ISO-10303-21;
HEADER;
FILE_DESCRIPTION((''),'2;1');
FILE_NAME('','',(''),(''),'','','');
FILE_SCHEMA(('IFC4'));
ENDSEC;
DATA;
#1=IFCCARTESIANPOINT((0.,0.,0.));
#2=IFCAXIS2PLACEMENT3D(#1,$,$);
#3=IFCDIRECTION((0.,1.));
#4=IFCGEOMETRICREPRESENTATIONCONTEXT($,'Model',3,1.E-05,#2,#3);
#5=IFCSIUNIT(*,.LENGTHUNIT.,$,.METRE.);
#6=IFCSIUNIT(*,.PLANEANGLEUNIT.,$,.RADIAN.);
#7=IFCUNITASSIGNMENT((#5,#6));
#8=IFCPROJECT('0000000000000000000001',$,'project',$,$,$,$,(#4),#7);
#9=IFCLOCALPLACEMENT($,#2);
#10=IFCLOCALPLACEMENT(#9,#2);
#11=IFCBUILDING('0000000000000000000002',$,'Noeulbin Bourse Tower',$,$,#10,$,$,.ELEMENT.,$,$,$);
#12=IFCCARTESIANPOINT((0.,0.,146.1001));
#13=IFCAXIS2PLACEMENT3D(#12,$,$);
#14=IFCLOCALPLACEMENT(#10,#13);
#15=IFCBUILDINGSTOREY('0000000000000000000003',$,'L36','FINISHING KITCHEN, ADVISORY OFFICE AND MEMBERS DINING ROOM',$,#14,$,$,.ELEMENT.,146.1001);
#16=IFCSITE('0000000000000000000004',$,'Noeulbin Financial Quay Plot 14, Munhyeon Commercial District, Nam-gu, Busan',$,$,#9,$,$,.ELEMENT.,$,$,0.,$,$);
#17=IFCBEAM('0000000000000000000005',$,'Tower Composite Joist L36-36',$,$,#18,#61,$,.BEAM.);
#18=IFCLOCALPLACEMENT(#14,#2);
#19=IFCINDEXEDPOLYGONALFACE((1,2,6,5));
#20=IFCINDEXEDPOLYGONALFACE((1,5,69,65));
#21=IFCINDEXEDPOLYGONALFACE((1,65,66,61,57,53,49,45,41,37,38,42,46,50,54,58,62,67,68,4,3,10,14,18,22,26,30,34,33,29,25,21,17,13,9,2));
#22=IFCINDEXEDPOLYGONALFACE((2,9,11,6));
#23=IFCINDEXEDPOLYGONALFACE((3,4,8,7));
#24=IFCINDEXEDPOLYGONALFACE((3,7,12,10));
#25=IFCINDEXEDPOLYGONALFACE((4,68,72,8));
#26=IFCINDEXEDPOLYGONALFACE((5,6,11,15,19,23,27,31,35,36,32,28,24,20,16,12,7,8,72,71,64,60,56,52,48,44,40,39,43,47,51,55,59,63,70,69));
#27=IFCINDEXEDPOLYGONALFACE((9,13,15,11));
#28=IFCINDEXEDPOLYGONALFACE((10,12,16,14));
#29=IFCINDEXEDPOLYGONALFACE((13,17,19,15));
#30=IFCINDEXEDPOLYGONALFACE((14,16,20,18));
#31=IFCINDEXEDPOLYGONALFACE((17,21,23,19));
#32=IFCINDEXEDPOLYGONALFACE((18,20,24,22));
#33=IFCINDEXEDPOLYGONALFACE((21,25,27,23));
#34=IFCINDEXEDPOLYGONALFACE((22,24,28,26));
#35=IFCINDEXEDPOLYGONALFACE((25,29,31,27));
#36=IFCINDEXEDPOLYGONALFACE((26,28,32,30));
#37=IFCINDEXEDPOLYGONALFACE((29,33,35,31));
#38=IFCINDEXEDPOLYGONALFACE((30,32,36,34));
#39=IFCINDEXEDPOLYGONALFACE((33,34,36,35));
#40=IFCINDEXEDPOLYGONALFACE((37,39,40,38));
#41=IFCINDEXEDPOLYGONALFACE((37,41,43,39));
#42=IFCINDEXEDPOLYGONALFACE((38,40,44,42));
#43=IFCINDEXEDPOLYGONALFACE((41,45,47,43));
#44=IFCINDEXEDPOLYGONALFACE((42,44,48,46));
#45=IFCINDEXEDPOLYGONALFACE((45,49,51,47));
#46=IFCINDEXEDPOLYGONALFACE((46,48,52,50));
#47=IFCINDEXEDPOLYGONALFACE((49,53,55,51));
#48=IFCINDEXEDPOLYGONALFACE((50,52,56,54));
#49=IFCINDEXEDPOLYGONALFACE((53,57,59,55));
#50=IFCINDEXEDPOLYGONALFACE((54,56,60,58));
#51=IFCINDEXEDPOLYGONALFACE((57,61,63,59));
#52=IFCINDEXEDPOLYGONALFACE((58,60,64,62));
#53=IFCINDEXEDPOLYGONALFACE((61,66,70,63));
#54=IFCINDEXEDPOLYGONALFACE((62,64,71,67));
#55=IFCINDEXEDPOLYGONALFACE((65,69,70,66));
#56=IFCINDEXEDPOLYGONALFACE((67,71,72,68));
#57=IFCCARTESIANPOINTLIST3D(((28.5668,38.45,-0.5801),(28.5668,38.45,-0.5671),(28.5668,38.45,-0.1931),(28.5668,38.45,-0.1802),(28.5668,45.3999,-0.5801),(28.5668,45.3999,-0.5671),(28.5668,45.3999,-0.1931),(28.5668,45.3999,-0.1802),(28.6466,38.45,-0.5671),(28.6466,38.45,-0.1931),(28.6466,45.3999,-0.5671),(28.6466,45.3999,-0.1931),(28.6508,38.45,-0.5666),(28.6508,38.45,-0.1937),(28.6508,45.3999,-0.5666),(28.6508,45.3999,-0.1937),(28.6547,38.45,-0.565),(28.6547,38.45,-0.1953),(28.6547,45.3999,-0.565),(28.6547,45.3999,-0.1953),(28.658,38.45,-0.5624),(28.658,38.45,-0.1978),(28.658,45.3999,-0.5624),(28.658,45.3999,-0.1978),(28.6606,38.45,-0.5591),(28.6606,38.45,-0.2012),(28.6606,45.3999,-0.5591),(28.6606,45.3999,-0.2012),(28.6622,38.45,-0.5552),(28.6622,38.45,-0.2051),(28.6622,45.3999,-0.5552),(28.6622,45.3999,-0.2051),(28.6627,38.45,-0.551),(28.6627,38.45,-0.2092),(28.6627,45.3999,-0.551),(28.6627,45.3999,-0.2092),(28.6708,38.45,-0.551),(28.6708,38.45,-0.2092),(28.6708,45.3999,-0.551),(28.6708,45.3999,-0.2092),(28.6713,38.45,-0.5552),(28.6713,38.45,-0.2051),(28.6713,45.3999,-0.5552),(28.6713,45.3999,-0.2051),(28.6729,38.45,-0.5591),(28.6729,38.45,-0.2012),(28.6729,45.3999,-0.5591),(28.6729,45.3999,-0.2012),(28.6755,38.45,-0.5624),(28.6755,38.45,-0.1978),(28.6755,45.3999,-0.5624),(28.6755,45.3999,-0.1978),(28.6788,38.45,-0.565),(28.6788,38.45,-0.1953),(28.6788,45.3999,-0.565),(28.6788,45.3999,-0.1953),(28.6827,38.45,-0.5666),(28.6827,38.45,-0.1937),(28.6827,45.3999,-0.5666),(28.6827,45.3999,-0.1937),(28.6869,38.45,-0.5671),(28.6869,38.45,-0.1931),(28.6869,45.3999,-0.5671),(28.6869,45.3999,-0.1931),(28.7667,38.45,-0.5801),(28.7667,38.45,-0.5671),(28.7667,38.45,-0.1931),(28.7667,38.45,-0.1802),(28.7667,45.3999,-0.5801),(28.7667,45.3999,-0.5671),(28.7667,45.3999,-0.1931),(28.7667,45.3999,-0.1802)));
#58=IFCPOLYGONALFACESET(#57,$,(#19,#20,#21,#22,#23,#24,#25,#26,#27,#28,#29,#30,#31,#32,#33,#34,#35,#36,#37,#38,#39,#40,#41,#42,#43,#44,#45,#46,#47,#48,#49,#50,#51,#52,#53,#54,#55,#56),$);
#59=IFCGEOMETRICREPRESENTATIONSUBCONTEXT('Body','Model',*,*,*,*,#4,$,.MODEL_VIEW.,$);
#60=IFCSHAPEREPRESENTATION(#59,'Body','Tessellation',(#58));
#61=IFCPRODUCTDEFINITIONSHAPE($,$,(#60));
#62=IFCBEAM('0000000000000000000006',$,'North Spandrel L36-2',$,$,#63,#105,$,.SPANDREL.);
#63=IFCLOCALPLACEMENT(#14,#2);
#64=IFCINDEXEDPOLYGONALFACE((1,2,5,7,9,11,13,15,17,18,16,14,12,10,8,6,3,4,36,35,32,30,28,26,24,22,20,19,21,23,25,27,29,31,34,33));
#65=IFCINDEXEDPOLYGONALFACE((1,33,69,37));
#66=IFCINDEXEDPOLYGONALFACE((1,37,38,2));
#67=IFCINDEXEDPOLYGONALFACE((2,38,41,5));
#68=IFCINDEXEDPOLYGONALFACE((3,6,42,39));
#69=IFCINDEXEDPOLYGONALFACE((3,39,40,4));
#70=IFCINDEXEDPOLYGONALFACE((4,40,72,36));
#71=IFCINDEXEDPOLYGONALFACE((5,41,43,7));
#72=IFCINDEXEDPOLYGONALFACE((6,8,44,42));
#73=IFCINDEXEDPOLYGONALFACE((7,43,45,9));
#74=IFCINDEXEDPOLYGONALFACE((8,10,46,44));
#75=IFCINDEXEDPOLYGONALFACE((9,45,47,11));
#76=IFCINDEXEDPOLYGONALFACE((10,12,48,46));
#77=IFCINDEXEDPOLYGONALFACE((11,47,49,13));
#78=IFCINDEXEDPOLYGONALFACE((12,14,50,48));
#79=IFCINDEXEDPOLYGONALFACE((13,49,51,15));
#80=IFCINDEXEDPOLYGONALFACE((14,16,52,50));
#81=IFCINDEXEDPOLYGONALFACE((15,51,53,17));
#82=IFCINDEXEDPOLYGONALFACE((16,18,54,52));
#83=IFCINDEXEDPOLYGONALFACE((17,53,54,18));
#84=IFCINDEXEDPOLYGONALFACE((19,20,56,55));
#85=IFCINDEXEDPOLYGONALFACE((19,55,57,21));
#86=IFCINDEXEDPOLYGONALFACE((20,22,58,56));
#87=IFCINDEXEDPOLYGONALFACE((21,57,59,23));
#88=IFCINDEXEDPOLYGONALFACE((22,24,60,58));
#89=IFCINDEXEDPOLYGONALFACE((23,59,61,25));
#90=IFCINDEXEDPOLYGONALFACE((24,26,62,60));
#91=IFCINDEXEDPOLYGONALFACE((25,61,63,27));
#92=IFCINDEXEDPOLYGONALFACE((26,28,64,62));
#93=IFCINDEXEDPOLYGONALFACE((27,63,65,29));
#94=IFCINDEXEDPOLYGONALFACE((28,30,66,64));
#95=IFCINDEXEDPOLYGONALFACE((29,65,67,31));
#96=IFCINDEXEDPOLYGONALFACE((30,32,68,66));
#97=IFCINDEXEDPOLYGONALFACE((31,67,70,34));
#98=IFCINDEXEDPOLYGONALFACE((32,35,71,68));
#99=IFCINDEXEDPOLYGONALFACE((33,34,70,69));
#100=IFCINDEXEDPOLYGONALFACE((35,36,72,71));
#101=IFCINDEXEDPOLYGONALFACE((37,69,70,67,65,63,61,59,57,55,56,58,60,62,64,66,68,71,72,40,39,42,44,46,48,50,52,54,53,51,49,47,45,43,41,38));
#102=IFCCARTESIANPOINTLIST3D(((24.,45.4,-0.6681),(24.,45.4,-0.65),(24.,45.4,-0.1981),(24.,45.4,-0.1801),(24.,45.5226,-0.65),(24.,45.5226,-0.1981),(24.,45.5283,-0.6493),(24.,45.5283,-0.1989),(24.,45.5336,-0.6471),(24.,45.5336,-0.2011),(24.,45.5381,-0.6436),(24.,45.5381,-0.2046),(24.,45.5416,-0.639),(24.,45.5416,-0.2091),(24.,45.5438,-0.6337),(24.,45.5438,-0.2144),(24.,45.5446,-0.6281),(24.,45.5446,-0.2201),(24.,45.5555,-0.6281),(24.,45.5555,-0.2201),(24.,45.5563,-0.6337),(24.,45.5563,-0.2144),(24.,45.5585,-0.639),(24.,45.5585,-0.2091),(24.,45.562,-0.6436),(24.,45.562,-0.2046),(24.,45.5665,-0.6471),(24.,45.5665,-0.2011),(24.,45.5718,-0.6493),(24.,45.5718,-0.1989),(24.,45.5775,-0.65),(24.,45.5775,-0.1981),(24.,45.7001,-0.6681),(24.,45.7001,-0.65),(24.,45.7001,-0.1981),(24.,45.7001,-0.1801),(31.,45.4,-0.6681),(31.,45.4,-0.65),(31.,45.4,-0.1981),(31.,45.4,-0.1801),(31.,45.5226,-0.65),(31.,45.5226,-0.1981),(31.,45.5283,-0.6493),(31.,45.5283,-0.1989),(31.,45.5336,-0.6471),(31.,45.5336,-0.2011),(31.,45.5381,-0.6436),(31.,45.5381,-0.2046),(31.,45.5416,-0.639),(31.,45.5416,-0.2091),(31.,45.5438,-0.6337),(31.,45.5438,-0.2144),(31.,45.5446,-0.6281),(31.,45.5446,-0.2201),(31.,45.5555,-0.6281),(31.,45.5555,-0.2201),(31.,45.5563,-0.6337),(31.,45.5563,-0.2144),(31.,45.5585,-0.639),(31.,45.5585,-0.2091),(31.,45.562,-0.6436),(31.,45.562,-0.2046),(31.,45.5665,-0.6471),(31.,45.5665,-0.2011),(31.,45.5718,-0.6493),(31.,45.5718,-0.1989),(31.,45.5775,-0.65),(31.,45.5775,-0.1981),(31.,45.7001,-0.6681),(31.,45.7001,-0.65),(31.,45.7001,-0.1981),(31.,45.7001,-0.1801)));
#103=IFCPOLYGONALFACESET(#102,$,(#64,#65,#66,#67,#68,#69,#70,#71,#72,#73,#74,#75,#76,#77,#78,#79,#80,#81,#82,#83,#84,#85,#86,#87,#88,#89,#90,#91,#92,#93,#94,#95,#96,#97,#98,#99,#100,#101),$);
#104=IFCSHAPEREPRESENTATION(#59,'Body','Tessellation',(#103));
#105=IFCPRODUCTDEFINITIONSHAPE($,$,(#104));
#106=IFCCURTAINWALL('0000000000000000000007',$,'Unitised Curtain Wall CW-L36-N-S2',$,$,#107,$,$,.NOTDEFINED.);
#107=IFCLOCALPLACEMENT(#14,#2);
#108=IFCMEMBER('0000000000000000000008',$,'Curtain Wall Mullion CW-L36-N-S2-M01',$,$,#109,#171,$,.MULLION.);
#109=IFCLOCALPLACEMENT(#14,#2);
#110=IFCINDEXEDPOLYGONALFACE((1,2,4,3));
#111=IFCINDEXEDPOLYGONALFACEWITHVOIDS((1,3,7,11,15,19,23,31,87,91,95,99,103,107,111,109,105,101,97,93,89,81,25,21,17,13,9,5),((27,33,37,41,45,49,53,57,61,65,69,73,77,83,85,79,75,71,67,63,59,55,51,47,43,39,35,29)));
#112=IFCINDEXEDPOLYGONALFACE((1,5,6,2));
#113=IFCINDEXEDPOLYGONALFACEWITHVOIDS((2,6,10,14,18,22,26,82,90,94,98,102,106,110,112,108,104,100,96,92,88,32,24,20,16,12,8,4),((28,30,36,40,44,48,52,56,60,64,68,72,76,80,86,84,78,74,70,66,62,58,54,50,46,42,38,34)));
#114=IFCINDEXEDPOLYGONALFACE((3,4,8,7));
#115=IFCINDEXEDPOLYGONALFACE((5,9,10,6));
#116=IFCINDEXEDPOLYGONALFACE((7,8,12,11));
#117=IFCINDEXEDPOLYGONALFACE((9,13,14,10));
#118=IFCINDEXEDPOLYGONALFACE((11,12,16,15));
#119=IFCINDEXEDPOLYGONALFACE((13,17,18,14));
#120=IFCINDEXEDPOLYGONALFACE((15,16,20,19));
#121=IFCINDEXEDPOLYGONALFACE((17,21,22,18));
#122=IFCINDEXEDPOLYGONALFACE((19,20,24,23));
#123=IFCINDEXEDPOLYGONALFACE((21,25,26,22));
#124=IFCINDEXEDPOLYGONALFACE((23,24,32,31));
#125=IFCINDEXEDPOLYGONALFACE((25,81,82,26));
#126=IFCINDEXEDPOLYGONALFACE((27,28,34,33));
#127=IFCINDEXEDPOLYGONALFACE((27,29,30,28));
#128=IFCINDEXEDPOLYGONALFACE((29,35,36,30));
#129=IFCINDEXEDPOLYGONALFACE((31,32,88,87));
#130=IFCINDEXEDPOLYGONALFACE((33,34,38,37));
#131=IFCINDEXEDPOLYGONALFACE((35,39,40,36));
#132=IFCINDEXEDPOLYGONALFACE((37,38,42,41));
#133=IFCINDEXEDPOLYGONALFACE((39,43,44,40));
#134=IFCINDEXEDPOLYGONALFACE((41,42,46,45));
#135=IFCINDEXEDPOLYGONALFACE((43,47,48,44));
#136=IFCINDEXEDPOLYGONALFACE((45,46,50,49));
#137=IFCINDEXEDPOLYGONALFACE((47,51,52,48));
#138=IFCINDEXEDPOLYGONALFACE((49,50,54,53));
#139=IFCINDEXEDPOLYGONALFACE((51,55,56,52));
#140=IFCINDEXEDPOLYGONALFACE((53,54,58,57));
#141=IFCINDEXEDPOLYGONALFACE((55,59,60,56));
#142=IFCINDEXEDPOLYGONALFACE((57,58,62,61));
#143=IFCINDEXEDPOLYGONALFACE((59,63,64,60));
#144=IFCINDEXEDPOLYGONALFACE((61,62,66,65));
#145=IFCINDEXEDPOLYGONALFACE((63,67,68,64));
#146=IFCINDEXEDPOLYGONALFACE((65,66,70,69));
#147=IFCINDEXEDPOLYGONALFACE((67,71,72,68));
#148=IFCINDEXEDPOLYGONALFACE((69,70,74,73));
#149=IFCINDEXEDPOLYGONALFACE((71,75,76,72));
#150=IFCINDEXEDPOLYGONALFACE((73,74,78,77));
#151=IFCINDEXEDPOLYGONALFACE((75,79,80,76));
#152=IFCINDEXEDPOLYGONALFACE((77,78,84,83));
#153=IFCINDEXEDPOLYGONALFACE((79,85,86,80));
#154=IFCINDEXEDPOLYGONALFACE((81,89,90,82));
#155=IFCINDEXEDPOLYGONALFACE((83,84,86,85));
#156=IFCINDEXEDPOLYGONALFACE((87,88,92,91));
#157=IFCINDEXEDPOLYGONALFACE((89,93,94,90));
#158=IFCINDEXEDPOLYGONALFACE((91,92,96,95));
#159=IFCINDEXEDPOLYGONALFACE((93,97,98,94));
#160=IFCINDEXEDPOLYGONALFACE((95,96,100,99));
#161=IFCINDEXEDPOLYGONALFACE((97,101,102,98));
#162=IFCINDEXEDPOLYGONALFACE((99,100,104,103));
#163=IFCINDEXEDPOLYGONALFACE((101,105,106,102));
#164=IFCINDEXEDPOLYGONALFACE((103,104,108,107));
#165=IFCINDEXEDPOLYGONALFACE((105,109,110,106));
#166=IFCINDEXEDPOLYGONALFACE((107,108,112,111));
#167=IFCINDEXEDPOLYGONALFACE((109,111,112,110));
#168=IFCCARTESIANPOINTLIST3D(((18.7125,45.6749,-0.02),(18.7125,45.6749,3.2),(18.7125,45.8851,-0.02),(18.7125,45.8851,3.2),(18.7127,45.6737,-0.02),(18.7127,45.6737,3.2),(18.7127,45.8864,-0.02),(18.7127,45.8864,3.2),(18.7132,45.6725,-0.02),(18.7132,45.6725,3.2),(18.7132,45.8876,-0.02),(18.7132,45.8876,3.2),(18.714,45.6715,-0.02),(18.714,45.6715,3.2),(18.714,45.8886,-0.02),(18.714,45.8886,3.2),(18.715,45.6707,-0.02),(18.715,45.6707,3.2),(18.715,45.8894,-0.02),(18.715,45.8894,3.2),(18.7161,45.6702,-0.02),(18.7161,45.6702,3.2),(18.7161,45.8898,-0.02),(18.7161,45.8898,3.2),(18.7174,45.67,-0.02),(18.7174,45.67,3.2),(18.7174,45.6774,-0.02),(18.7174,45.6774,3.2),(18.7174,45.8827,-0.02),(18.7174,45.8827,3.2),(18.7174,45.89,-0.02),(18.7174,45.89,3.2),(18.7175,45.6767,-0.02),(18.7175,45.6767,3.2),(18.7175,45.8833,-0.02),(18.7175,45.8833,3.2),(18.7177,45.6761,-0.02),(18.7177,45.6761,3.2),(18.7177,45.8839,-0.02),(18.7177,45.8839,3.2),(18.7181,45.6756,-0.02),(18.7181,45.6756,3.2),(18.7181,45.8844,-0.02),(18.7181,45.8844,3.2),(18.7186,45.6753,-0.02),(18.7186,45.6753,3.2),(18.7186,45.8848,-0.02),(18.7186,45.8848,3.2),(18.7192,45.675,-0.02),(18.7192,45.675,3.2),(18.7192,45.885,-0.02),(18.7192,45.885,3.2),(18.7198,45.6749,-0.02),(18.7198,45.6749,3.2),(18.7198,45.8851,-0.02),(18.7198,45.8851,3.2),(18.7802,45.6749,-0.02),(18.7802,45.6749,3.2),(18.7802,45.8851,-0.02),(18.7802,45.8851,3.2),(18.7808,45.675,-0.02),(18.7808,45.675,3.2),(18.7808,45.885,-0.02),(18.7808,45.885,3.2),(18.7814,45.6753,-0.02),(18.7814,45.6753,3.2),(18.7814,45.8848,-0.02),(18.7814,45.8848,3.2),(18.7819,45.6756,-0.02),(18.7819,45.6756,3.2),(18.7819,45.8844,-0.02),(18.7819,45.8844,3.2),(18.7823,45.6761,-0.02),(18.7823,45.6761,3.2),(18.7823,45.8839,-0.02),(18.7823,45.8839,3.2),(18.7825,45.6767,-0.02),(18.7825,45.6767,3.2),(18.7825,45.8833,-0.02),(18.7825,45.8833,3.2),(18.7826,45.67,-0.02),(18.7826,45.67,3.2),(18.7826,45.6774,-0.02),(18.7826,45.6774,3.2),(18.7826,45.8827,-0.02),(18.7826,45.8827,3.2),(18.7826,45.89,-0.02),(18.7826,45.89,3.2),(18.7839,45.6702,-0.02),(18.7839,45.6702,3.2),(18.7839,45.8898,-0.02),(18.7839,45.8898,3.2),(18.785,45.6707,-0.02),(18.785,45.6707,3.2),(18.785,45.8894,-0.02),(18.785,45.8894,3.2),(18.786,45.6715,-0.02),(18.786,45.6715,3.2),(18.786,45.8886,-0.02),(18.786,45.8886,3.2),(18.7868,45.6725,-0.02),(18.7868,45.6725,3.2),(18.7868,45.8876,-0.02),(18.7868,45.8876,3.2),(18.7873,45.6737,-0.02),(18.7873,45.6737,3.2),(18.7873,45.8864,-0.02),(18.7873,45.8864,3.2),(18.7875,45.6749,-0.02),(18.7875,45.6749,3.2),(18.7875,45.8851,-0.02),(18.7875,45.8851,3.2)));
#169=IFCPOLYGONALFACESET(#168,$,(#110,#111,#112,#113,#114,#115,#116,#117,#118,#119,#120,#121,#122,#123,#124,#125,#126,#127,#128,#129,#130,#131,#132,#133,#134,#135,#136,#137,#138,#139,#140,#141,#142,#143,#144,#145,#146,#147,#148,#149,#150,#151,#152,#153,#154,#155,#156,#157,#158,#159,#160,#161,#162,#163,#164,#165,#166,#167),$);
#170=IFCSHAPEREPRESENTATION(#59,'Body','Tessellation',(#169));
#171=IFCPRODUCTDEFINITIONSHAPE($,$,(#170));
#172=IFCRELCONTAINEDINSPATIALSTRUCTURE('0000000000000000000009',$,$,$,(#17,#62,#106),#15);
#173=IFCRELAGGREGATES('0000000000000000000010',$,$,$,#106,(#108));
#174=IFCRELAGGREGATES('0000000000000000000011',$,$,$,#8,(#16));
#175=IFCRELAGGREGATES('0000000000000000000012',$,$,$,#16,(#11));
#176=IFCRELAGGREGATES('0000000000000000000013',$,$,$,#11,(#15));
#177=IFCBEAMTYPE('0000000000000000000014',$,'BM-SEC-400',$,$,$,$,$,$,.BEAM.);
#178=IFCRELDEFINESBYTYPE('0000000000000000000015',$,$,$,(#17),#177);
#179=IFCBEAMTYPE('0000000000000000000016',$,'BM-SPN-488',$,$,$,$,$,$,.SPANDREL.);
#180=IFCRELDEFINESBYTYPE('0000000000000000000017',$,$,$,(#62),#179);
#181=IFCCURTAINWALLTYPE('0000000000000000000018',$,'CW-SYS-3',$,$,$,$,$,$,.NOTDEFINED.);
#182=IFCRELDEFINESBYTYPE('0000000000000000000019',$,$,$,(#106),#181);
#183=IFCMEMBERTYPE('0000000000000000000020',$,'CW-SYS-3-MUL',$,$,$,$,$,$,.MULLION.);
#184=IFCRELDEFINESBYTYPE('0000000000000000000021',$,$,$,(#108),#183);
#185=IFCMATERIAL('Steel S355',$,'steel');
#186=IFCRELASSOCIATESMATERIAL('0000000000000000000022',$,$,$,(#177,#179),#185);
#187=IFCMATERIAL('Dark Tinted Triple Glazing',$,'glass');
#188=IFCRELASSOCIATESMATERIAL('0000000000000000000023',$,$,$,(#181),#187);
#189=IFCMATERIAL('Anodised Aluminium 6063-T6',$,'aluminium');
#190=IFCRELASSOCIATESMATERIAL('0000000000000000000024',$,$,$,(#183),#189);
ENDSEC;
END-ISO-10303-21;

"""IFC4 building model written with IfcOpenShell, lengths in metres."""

from ifc_helpers import new_model, si_unit, direction, frame, origin, origin_2d, place, context, subcontext, project, spatial, hollow_rectangle, i_section, extrude, material, material_profile, profile_set, type_object, element, aggregate, save


model = new_model("IFC4")

# Units and contexts
model_context = context("Model", 3, precision=1e-05, world=origin(), true_north=direction((0.0, 1.0)))
body_context = subcontext(model_context, "Body", "Model", "MODEL_VIEW")
ifc_project = project(units=[si_unit("LENGTHUNIT", "METRE"), si_unit("PLANEANGLEUNIT", "RADIAN")], contexts=[model_context])

# Site, building, storey
site_placement = place(None, origin())
site = spatial("IfcSite", under=ifc_project, at=site_placement, Name="Noeulbin Financial Quay Plot 14, Munhyeon Commercial District, Nam-gu, Busan", CompositionType="ELEMENT", RefElevation=0.0)
building_placement = place(site_placement, origin())
building = spatial("IfcBuilding", under=site, at=building_placement, Name="Noeulbin Bourse Tower", CompositionType="ELEMENT")
storey_placement = place(building_placement, frame((0.0, 0.0, 146.1001)))
storey = spatial("IfcBuildingStorey", under=building, at=storey_placement, Name="L36", Description="FINISHING KITCHEN, ADVISORY OFFICE AND MEMBERS DINING ROOM", CompositionType="ELEMENT", Elevation=146.1001)

# Shared definitions
ifc_material_1 = material(Name="Steel S355", Category="steel")

# Beams
ifc_material_profile_1 = material_profile(ifc_material_1, i_section(OverallWidth=0.2, OverallDepth=0.3999, WebThickness=0.0081, FlangeThickness=0.0129, FilletRadius=0.0161, at=origin_2d()), Name="H-400x200x8x13", Category="LoadBearing")
ifc_profile_set_1 = profile_set([ifc_material_profile_1], Name="Steel S355")
beam_type_1 = type_object("IfcBeamType", Name="BM-SEC-400", PredefinedType="BEAM", material=ifc_profile_set_1)
for number, where, z_axis, x_axis, name in (
    (1, (28.6667, 38.45, -0.3801), (0.0, 1.0, 0.0), (-1.0, 0.0, 0.0), "Tower Composite Joist L36-36"),
):
    element("IfcBeam", number, at=place(storey_placement, frame(where, z_axis=z_axis, x_axis=x_axis)), inside=storey, type_object=beam_type_1, Name=name, PredefinedType="BEAM", context=body_context, shape_type="SweptSolid", body=[
        extrude(i_section(OverallWidth=0.2, OverallDepth=0.3999, WebThickness=0.0081, FlangeThickness=0.0129, FilletRadius=0.0161, at=origin_2d()), origin(), (0.0, 0.0, 1.0), 6.95),
    ])
ifc_material_profile_2 = material_profile(ifc_material_1, i_section(OverallWidth=0.3, OverallDepth=0.488, WebThickness=0.011, FlangeThickness=0.0181, FilletRadius=0.022, at=origin_2d()), Name="H-488x300x11x18", Category="LoadBearing")
ifc_profile_set_2 = profile_set([ifc_material_profile_2], Name="Steel S355")
beam_type_2 = type_object("IfcBeamType", Name="BM-SPN-488", PredefinedType="SPANDREL", material=ifc_profile_set_2)
beam_placement = place(storey_placement, frame((24.0, 45.55, -0.4241), z_axis=(1.0, 0.0, 0.0), x_axis=(0.0, 1.0, 0.0)))
element("IfcBeam", 2, at=beam_placement, inside=storey, type_object=beam_type_2, Name="North Spandrel L36-2", PredefinedType="SPANDREL", context=body_context, shape_type="SweptSolid", body=[
    extrude(i_section(OverallWidth=0.3, OverallDepth=0.488, WebThickness=0.011, FlangeThickness=0.0181, FilletRadius=0.022, at=origin_2d()), origin(), (0.0, 0.0, 1.0), 7.0),
])

# Curtain wall, member
ifc_material_2 = material(Name="Dark Tinted Triple Glazing", Category="glass")
curtain_wall_type = type_object("IfcCurtainWallType", Name="CW-SYS-3", PredefinedType="NOTDEFINED", material=ifc_material_2)
curtain_wall_1_placement = place(storey_placement, origin())
curtain_wall_1 = element("IfcCurtainWall", 3, at=curtain_wall_1_placement, inside=storey, type_object=curtain_wall_type, Name="Unitised Curtain Wall CW-L36-N-S2", PredefinedType="NOTDEFINED")
ifc_material_3 = material(Name="Anodised Aluminium 6063-T6", Category="aluminium")
ifc_material_profile_3 = material_profile(ifc_material_3, hollow_rectangle(XDim=0.075, YDim=0.22, WallThickness=0.0049, InnerFilletRadius=0.0024, OuterFilletRadius=0.0049, at=origin_2d()), Name="ALU-MULL-75x220x5", Category="LoadBearing")
ifc_profile_set_3 = profile_set([ifc_material_profile_3], Name="Anodised Aluminium 6063-T6")
member_type_1 = type_object("IfcMemberType", Name="CW-SYS-3-MUL", PredefinedType="MULLION", material=ifc_profile_set_3)
member_1_placement = place(storey_placement, frame((18.75, 45.78, -0.02), z_axis=(0.0, 0.0, 1.0), x_axis=(1.0, 0.0, 0.0)))
member_1 = element("IfcMember", 4, at=member_1_placement, type_object=member_type_1, Name="Curtain Wall Mullion CW-L36-N-S2-M01", PredefinedType="MULLION", context=body_context, shape_type="SweptSolid", body=[
    extrude(hollow_rectangle(XDim=0.075, YDim=0.22, WallThickness=0.0049, InnerFilletRadius=0.0024, OuterFilletRadius=0.0049, at=origin_2d()), origin(), (0.0, 0.0, 1.0), 3.22),
])

aggregate(curtain_wall_1, [member_1])

save(model, "model.ifc")
